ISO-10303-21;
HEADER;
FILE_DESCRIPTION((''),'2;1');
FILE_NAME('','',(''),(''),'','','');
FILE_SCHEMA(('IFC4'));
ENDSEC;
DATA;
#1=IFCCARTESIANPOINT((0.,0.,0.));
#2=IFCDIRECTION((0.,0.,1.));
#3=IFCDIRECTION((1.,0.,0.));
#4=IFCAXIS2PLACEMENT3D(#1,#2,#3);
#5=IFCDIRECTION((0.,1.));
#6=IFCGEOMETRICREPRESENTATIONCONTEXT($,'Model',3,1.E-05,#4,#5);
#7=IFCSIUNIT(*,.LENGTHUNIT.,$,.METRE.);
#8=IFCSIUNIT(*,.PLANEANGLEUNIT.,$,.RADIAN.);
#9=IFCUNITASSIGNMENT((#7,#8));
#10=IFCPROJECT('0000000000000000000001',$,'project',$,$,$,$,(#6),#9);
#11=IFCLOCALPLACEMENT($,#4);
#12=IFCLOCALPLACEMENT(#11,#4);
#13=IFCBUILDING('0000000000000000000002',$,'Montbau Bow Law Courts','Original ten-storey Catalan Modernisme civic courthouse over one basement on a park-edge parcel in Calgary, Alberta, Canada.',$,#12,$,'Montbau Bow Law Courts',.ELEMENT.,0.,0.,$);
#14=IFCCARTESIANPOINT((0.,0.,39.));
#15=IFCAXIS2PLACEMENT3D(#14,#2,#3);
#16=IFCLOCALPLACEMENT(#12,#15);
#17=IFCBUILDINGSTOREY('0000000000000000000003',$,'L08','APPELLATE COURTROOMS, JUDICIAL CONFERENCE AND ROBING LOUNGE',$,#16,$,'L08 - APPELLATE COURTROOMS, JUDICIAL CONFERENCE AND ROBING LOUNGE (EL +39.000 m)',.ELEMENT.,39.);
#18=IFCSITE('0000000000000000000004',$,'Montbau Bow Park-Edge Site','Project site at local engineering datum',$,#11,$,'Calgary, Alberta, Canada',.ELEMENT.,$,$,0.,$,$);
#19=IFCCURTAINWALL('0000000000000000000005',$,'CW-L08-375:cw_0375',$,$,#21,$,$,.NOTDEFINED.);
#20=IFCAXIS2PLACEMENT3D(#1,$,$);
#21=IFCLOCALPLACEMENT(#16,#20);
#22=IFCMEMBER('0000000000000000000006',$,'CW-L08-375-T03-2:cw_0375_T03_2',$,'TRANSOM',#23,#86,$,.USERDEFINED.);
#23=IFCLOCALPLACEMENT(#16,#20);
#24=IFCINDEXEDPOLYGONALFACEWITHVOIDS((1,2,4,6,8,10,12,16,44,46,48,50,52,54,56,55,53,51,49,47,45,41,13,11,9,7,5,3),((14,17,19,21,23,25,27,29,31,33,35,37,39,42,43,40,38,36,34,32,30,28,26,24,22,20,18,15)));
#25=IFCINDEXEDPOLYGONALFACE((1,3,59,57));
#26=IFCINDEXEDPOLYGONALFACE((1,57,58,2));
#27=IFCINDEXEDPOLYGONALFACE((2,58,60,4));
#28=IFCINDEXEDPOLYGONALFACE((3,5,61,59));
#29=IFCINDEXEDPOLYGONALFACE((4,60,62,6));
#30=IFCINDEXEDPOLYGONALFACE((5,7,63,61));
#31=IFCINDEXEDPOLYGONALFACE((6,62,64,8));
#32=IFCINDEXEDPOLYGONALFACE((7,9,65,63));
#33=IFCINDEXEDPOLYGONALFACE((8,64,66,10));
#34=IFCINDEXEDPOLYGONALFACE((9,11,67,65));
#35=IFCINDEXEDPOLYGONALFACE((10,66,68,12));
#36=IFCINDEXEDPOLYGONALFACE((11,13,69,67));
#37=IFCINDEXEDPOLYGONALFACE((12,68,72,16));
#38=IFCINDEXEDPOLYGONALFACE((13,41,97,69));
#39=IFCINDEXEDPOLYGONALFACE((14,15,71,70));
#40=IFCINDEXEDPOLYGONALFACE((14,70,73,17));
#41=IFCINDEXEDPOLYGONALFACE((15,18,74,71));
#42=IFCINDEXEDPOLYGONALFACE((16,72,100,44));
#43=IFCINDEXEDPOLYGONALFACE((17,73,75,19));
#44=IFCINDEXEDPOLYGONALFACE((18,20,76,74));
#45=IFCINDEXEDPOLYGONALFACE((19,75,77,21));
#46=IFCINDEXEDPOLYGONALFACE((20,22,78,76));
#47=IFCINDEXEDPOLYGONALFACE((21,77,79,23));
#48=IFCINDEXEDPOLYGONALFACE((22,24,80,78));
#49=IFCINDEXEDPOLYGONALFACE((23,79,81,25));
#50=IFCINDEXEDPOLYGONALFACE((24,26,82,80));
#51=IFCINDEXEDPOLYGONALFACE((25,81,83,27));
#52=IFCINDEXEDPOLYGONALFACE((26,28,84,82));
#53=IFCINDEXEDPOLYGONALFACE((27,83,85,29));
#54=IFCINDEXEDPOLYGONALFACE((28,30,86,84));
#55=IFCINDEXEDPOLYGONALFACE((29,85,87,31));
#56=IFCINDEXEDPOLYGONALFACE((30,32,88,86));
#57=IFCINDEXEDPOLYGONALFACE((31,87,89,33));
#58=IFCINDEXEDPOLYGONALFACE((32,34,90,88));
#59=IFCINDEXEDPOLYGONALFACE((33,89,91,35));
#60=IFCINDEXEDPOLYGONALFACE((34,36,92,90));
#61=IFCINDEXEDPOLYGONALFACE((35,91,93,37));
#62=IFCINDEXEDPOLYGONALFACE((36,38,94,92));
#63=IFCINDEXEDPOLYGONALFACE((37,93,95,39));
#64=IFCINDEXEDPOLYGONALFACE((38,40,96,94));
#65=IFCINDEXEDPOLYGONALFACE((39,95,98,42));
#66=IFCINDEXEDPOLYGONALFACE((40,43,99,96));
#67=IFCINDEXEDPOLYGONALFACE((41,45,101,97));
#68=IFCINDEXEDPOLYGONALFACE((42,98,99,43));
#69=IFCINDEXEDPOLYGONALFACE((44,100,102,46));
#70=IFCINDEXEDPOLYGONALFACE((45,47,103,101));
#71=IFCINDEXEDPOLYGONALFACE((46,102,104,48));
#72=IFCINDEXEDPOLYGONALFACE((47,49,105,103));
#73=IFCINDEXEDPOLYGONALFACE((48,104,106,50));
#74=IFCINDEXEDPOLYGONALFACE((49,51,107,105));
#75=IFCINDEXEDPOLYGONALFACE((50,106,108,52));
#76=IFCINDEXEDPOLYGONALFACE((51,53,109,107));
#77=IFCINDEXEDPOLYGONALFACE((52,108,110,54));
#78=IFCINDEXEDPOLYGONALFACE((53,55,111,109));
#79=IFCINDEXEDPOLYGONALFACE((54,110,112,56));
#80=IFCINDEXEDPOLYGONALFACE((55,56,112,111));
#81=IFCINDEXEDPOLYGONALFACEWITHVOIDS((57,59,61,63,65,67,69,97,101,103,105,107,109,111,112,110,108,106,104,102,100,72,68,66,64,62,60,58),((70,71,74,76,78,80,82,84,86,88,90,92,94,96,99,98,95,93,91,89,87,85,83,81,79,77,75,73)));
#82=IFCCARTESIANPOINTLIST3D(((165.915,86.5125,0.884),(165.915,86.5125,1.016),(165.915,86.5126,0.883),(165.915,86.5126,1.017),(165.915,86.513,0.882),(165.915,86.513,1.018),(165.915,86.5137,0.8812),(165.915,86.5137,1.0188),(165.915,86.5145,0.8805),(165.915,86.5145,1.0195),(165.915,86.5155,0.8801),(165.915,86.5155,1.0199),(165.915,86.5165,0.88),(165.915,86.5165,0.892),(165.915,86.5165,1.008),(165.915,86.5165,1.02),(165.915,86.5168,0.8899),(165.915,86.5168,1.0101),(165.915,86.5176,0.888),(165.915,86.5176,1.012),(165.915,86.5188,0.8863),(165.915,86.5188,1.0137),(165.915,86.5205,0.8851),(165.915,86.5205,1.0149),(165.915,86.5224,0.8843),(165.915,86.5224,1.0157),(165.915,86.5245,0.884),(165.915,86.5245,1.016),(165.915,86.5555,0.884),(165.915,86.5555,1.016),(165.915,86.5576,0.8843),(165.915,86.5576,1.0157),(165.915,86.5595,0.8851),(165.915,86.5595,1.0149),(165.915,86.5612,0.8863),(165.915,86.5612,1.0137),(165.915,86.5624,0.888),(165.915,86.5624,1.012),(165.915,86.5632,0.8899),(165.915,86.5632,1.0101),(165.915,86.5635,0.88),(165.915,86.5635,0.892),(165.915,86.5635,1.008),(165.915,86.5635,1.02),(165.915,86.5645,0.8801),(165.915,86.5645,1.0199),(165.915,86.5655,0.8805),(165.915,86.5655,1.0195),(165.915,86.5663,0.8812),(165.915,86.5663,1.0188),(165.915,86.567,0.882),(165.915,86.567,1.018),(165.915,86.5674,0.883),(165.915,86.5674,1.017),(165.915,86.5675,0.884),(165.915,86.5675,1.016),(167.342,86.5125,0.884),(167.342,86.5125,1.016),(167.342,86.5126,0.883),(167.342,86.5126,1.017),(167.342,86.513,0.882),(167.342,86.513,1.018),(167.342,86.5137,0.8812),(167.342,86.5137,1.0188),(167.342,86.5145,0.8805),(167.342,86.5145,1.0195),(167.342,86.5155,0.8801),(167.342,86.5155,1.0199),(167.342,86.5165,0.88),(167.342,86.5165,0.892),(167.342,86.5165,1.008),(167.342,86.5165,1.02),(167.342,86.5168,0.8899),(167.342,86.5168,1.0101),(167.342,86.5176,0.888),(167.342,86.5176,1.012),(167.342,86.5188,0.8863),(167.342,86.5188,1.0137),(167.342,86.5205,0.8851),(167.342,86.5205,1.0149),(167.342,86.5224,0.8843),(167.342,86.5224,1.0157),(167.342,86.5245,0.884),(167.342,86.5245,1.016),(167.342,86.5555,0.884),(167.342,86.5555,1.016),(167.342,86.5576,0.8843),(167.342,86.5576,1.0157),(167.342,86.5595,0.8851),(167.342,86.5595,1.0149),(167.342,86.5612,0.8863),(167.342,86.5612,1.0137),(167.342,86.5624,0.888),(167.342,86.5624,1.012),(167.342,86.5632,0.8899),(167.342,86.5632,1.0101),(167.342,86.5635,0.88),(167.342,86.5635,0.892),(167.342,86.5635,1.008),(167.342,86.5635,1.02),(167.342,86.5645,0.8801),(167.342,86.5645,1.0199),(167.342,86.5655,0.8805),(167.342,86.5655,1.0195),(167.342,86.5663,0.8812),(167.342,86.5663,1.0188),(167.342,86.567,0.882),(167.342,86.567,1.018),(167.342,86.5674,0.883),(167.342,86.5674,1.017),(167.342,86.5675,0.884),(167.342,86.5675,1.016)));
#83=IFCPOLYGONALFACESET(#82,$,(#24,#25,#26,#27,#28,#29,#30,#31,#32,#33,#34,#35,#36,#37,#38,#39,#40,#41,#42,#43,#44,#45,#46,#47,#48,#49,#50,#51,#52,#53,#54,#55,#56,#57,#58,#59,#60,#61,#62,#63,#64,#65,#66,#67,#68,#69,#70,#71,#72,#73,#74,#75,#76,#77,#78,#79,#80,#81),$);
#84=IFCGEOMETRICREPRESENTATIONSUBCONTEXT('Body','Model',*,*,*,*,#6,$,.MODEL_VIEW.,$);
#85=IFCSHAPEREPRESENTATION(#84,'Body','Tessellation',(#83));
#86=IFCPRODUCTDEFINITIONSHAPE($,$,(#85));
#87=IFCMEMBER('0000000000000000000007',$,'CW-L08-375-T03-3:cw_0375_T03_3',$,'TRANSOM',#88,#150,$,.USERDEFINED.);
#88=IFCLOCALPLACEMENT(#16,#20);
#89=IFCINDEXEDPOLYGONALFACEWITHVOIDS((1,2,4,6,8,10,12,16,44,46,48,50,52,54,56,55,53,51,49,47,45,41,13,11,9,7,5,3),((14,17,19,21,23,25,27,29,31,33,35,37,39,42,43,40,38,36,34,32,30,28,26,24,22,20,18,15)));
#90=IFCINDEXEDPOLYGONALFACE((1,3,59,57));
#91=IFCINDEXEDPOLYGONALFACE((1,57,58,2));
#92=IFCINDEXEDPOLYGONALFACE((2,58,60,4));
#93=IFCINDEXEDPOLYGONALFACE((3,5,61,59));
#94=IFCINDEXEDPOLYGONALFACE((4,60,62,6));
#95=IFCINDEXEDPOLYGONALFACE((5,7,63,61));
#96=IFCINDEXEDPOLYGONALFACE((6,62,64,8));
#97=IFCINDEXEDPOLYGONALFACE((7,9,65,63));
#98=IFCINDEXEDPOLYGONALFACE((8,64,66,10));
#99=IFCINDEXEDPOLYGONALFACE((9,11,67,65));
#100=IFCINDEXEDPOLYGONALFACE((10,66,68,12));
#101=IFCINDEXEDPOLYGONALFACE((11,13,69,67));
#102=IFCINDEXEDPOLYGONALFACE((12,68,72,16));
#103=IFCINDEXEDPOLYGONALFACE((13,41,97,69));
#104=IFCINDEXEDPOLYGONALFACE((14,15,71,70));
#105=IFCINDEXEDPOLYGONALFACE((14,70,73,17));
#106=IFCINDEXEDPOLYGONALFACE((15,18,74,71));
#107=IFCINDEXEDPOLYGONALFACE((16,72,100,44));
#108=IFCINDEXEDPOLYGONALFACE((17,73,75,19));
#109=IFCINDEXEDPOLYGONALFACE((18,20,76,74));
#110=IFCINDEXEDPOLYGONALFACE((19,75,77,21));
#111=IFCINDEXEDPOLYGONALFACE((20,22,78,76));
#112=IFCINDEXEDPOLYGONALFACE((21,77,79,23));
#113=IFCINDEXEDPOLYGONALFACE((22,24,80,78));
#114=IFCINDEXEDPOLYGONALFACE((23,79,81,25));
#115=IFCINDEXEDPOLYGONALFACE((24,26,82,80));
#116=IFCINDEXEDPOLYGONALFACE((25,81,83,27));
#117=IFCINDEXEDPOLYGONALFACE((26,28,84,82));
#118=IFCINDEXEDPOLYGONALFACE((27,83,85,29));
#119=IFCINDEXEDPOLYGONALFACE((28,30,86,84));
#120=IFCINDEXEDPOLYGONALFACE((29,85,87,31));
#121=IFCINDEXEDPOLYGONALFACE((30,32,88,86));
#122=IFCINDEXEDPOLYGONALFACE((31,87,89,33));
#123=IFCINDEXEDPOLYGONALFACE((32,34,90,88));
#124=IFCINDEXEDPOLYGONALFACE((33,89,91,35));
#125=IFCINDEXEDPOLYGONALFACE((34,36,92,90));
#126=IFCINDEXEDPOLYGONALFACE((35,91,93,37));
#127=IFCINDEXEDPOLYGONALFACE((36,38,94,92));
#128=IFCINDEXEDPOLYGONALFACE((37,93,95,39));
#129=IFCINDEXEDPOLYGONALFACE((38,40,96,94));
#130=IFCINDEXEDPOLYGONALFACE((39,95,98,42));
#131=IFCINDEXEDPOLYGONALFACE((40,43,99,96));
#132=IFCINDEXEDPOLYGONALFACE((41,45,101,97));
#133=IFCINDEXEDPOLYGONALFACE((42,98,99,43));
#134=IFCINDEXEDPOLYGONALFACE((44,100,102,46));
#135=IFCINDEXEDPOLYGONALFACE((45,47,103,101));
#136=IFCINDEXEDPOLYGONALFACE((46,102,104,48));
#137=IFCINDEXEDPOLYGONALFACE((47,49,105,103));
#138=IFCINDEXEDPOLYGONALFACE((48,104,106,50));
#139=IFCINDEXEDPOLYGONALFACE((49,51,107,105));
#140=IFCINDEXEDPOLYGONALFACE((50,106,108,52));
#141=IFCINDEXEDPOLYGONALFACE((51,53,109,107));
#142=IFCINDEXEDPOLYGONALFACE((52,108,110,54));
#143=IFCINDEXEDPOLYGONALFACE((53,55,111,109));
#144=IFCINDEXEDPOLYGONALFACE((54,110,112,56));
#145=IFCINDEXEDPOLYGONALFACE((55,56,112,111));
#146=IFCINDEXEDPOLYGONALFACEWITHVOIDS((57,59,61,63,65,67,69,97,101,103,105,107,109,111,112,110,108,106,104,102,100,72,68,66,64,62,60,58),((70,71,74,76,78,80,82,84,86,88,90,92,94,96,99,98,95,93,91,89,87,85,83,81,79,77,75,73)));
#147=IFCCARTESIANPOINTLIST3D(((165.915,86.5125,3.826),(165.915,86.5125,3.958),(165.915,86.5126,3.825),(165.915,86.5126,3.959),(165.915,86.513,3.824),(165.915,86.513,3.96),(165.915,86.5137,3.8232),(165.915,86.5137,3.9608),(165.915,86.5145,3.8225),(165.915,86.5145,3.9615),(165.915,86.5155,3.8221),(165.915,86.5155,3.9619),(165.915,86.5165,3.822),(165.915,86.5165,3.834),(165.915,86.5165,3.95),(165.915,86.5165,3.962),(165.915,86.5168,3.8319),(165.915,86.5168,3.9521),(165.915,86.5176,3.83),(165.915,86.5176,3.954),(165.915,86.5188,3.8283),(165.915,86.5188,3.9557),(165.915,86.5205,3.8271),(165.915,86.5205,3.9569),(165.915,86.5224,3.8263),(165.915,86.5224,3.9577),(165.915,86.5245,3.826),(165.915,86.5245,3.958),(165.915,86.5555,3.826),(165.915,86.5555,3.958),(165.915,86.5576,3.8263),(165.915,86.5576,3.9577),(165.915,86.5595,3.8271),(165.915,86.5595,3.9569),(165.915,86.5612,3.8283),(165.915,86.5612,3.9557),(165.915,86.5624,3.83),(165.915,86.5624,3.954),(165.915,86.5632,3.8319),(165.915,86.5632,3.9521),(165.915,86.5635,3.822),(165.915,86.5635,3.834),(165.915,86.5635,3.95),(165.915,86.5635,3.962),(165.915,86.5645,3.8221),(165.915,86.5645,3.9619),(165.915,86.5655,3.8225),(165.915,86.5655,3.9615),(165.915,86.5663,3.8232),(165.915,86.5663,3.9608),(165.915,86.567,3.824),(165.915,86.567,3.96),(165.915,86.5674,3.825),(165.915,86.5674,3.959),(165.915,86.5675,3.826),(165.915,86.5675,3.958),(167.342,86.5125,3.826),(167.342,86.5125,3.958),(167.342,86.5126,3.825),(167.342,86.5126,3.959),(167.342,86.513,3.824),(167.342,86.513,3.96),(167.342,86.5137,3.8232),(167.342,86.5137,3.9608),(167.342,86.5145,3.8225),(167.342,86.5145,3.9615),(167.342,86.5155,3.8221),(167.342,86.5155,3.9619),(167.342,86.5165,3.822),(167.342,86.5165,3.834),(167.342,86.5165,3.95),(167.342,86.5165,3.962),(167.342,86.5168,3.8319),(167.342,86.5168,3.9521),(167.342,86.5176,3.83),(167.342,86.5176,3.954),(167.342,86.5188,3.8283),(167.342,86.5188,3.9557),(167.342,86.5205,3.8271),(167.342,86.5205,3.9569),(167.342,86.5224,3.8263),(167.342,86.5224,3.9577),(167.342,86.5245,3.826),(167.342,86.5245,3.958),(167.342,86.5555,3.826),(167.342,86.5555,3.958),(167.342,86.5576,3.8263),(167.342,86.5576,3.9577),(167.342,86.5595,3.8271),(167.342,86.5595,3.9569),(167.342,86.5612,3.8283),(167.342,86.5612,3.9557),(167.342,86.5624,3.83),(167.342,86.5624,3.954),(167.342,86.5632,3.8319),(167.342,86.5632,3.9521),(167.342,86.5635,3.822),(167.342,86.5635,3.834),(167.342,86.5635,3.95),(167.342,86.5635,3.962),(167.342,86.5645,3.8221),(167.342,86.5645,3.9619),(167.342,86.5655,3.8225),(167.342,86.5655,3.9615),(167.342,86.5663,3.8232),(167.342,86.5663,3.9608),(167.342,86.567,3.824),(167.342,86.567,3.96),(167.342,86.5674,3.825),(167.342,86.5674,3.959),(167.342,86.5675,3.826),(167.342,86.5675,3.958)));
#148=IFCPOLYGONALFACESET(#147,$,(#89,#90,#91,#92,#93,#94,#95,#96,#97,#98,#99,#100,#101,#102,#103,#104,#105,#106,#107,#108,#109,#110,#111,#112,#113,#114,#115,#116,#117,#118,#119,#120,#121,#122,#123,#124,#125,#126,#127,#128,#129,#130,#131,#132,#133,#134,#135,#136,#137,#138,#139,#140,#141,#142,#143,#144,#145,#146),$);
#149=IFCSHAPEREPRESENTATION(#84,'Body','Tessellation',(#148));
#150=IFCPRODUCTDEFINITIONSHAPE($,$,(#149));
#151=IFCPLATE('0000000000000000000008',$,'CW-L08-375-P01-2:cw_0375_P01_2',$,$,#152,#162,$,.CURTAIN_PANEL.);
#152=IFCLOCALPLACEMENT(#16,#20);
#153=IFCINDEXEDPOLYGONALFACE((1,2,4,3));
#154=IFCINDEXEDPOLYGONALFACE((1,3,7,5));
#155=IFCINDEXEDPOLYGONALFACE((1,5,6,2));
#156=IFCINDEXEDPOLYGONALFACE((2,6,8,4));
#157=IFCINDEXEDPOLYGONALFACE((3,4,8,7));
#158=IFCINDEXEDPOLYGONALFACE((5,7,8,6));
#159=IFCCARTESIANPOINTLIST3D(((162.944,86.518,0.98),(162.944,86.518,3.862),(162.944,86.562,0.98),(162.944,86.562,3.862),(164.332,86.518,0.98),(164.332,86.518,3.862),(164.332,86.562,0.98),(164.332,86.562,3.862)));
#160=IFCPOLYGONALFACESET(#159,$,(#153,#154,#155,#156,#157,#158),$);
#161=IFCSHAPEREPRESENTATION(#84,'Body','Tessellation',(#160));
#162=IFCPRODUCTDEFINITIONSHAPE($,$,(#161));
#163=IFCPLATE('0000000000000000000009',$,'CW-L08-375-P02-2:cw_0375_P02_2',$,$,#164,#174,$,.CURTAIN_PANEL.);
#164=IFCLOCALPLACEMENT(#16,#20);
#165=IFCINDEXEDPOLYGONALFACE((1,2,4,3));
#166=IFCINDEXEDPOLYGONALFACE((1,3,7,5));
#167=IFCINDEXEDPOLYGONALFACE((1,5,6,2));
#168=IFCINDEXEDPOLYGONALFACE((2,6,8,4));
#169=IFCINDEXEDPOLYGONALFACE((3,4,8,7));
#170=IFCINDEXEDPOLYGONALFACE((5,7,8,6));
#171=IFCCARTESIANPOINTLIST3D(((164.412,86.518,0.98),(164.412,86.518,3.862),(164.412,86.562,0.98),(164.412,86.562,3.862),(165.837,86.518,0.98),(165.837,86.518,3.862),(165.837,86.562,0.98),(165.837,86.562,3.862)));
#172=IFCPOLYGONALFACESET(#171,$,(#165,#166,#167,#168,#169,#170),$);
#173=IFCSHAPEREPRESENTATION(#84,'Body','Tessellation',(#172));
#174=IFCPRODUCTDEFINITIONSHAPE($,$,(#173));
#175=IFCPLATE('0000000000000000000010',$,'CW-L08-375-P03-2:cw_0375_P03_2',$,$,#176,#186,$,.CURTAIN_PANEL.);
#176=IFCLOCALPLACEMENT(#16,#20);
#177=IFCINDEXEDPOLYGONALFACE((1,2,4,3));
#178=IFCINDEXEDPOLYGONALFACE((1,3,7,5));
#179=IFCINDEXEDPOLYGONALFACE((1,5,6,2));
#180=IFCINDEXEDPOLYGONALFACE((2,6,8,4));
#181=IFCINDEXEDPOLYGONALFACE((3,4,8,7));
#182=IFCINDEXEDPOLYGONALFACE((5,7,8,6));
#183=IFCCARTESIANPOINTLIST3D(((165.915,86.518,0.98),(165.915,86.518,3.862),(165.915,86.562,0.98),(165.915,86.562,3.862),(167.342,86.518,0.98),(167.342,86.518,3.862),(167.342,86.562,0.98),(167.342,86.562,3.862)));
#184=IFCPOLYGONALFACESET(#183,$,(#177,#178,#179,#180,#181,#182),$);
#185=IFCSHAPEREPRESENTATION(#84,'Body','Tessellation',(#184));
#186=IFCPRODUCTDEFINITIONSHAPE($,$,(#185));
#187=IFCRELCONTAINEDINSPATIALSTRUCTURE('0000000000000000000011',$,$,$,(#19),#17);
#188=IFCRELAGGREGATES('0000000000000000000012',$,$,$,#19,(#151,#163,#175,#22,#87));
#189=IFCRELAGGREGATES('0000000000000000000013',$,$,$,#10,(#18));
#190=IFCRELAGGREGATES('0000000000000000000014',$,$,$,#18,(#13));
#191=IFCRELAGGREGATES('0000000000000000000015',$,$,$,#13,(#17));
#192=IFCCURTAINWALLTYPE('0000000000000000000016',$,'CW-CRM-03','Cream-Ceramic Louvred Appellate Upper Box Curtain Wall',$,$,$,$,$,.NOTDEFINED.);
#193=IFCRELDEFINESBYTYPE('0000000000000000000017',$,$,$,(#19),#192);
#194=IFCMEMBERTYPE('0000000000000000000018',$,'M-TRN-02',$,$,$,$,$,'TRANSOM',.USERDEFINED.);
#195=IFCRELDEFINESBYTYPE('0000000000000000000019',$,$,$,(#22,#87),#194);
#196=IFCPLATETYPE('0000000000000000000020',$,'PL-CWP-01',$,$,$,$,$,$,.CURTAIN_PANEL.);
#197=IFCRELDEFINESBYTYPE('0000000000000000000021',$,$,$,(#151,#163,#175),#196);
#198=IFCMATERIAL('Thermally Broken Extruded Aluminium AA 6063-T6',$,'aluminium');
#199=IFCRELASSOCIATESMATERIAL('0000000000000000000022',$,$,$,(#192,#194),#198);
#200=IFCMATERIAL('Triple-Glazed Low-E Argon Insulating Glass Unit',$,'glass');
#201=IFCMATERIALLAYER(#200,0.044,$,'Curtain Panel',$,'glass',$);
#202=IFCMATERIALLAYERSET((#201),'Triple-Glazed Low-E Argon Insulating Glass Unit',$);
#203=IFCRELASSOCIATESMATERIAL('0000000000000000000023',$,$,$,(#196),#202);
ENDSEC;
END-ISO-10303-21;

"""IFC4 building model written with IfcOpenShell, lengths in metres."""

from ifc_helpers import new_model, si_unit, direction, frame, frame_2d, origin_with_axes, origin_2d_with_axis, place, context, subcontext, project, spatial, rectangle, hollow_rectangle, extrude, material, layer, layer_set, material_profile, profile_set, type_object, element, aggregate, save


model = new_model("IFC4")

# Units and contexts
model_context = context("Model", 3, precision=1e-05, world=origin_with_axes(), true_north=direction((0.0, 1.0)))
body_context = subcontext(model_context, "Body", "Model", "MODEL_VIEW")
ifc_project = project(units=[si_unit("LENGTHUNIT", "METRE"), si_unit("PLANEANGLEUNIT", "RADIAN")], contexts=[model_context])

# Site, building, storey
site_placement = place(None, origin_with_axes())
site = spatial("IfcSite", under=ifc_project, at=site_placement, Name="Montbau Bow Park-Edge Site", Description="Project site at local engineering datum", LongName="Calgary, Alberta, Canada", CompositionType="ELEMENT", RefElevation=0.0)
building_placement = place(site_placement, origin_with_axes())
building = spatial("IfcBuilding", under=site, at=building_placement, Name="Montbau Bow Law Courts", Description="Original ten-storey Catalan Modernisme civic courthouse over one basement on a park-edge parcel in Calgary, Alberta, Canada.", LongName="Montbau Bow Law Courts", CompositionType="ELEMENT", ElevationOfRefHeight=0.0, ElevationOfTerrain=0.0)
storey_placement = place(building_placement, frame((0.0, 0.0, 39.0), z_axis=(0.0, 0.0, 1.0), x_axis=(1.0, 0.0, 0.0)))
storey = spatial("IfcBuildingStorey", under=building, at=storey_placement, Name="L08", Description="APPELLATE COURTROOMS, JUDICIAL CONFERENCE AND ROBING LOUNGE", LongName="L08 - APPELLATE COURTROOMS, JUDICIAL CONFERENCE AND ROBING LOUNGE (EL +39.000 m)", CompositionType="ELEMENT", Elevation=39.0)

# Curtain wall
ifc_material_1 = material(Name="Thermally Broken Extruded Aluminium AA 6063-T6", Category="aluminium")
curtain_wall_type = type_object("IfcCurtainWallType", Name="CW-CRM-03", Description="Cream-Ceramic Louvred Appellate Upper Box Curtain Wall", PredefinedType="NOTDEFINED", material=ifc_material_1)
curtain_wall_1_placement = place(None, frame((162.868, 86.54, 39.0), z_axis=(0.0, 0.0, 1.0), x_axis=(1.0, 0.0, 0.0)))
curtain_wall_1 = element("IfcCurtainWall", 1, at=curtain_wall_1_placement, inside=storey, type_object=curtain_wall_type, Name="CW-L08-375:cw_0375", PredefinedType="NOTDEFINED")

# Members
ifc_material_profile_1 = material_profile(ifc_material_1, hollow_rectangle(XDim=0.055, YDim=0.14, WallThickness=0.004, InnerFilletRadius=0.008, OuterFilletRadius=0.004, at=origin_2d_with_axis()), Name="CWT-140X55", Category="Main", Priority=0)
ifc_profile_set_1 = profile_set([ifc_material_profile_1], Name="Thermally Broken Extruded Aluminium AA 6063-T6")
member_type_1 = type_object("IfcMemberType", Name="M-TRN-02", ElementType="TRANSOM", PredefinedType="USERDEFINED", material=ifc_profile_set_1)
member_1_placement = place(None, frame((165.915, 86.54, 39.95), z_axis=(1.0, 0.0, 0.0), x_axis=(0.0, 1.0, 0.0)))
member_1 = element("IfcMember", 2, at=member_1_placement, type_object=member_type_1, Name="CW-L08-375-T03-2:cw_0375_T03_2", ObjectType="TRANSOM", PredefinedType="USERDEFINED", context=body_context, shape_type="SweptSolid", body=[
    extrude(hollow_rectangle(XDim=0.055, YDim=0.14, WallThickness=0.004, InnerFilletRadius=0.008, OuterFilletRadius=0.004, at=origin_2d_with_axis()), origin_with_axes(), (0.0, 0.0, 1.0), 1.427),
])
member_2_placement = place(None, frame((165.915, 86.54, 42.892), z_axis=(1.0, 0.0, 0.0), x_axis=(0.0, 1.0, 0.0)))
member_2 = element("IfcMember", 3, at=member_2_placement, type_object=member_type_1, Name="CW-L08-375-T03-3:cw_0375_T03_3", ObjectType="TRANSOM", PredefinedType="USERDEFINED", context=body_context, shape_type="SweptSolid", body=[
    extrude(hollow_rectangle(XDim=0.055, YDim=0.14, WallThickness=0.004, InnerFilletRadius=0.008, OuterFilletRadius=0.004, at=origin_2d_with_axis()), origin_with_axes(), (0.0, 0.0, 1.0), 1.427),
])

# Plates
ifc_material_2 = material(Name="Triple-Glazed Low-E Argon Insulating Glass Unit", Category="glass")
ifc_layer_1 = layer(ifc_material_2, 0.044, Name="Curtain Panel", Category="glass")
ifc_layer_set_1 = layer_set([ifc_layer_1], Name="Triple-Glazed Low-E Argon Insulating Glass Unit")
plate_type_1 = type_object("IfcPlateType", Name="PL-CWP-01", PredefinedType="CURTAIN_PANEL", material=ifc_layer_set_1)
plate_1_placement = place(None, frame((162.944, 86.54, 39.98), z_axis=(0.0, -1.0, 0.0), x_axis=(1.0, 0.0, 0.0)))
plate_1 = element("IfcPlate", 4, at=plate_1_placement, type_object=plate_type_1, Name="CW-L08-375-P01-2:cw_0375_P01_2", PredefinedType="CURTAIN_PANEL", context=body_context, shape_type="SweptSolid", body=[
    extrude(rectangle(XDim=1.388, YDim=2.882, at=frame_2d((0.694, 1.441), x_axis=(1.0, 0.0))), frame((0.0, 0.0, -0.022), z_axis=(0.0, 0.0, 1.0), x_axis=(1.0, 0.0, 0.0)), (0.0, 0.0, 1.0), 0.044),
])
plate_2_placement = place(None, frame((164.412, 86.54, 39.98), z_axis=(0.0, -1.0, 0.0), x_axis=(1.0, 0.0, 0.0)))
plate_2 = element("IfcPlate", 5, at=plate_2_placement, type_object=plate_type_1, Name="CW-L08-375-P02-2:cw_0375_P02_2", PredefinedType="CURTAIN_PANEL", context=body_context, shape_type="SweptSolid", body=[
    extrude(rectangle(XDim=1.425, YDim=2.882, at=frame_2d((0.7125, 1.441), x_axis=(1.0, 0.0))), frame((0.0, 0.0, -0.022), z_axis=(0.0, 0.0, 1.0), x_axis=(1.0, 0.0, 0.0)), (0.0, 0.0, 1.0), 0.044),
])
plate_3_placement = place(None, frame((165.915, 86.54, 39.98), z_axis=(0.0, -1.0, 0.0), x_axis=(1.0, 0.0, 0.0)))
plate_3 = element("IfcPlate", 6, at=plate_3_placement, type_object=plate_type_1, Name="CW-L08-375-P03-2:cw_0375_P03_2", PredefinedType="CURTAIN_PANEL", context=body_context, shape_type="SweptSolid", body=[
    extrude(rectangle(XDim=1.427, YDim=2.882, at=frame_2d((0.7135, 1.441), x_axis=(1.0, 0.0))), frame((0.0, 0.0, -0.022), z_axis=(0.0, 0.0, 1.0), x_axis=(1.0, 0.0, 0.0)), (0.0, 0.0, 1.0), 0.044),
])
aggregate(curtain_wall_1, [plate_1, plate_2, plate_3, member_1, member_2])

save(model, "model.ifc")
